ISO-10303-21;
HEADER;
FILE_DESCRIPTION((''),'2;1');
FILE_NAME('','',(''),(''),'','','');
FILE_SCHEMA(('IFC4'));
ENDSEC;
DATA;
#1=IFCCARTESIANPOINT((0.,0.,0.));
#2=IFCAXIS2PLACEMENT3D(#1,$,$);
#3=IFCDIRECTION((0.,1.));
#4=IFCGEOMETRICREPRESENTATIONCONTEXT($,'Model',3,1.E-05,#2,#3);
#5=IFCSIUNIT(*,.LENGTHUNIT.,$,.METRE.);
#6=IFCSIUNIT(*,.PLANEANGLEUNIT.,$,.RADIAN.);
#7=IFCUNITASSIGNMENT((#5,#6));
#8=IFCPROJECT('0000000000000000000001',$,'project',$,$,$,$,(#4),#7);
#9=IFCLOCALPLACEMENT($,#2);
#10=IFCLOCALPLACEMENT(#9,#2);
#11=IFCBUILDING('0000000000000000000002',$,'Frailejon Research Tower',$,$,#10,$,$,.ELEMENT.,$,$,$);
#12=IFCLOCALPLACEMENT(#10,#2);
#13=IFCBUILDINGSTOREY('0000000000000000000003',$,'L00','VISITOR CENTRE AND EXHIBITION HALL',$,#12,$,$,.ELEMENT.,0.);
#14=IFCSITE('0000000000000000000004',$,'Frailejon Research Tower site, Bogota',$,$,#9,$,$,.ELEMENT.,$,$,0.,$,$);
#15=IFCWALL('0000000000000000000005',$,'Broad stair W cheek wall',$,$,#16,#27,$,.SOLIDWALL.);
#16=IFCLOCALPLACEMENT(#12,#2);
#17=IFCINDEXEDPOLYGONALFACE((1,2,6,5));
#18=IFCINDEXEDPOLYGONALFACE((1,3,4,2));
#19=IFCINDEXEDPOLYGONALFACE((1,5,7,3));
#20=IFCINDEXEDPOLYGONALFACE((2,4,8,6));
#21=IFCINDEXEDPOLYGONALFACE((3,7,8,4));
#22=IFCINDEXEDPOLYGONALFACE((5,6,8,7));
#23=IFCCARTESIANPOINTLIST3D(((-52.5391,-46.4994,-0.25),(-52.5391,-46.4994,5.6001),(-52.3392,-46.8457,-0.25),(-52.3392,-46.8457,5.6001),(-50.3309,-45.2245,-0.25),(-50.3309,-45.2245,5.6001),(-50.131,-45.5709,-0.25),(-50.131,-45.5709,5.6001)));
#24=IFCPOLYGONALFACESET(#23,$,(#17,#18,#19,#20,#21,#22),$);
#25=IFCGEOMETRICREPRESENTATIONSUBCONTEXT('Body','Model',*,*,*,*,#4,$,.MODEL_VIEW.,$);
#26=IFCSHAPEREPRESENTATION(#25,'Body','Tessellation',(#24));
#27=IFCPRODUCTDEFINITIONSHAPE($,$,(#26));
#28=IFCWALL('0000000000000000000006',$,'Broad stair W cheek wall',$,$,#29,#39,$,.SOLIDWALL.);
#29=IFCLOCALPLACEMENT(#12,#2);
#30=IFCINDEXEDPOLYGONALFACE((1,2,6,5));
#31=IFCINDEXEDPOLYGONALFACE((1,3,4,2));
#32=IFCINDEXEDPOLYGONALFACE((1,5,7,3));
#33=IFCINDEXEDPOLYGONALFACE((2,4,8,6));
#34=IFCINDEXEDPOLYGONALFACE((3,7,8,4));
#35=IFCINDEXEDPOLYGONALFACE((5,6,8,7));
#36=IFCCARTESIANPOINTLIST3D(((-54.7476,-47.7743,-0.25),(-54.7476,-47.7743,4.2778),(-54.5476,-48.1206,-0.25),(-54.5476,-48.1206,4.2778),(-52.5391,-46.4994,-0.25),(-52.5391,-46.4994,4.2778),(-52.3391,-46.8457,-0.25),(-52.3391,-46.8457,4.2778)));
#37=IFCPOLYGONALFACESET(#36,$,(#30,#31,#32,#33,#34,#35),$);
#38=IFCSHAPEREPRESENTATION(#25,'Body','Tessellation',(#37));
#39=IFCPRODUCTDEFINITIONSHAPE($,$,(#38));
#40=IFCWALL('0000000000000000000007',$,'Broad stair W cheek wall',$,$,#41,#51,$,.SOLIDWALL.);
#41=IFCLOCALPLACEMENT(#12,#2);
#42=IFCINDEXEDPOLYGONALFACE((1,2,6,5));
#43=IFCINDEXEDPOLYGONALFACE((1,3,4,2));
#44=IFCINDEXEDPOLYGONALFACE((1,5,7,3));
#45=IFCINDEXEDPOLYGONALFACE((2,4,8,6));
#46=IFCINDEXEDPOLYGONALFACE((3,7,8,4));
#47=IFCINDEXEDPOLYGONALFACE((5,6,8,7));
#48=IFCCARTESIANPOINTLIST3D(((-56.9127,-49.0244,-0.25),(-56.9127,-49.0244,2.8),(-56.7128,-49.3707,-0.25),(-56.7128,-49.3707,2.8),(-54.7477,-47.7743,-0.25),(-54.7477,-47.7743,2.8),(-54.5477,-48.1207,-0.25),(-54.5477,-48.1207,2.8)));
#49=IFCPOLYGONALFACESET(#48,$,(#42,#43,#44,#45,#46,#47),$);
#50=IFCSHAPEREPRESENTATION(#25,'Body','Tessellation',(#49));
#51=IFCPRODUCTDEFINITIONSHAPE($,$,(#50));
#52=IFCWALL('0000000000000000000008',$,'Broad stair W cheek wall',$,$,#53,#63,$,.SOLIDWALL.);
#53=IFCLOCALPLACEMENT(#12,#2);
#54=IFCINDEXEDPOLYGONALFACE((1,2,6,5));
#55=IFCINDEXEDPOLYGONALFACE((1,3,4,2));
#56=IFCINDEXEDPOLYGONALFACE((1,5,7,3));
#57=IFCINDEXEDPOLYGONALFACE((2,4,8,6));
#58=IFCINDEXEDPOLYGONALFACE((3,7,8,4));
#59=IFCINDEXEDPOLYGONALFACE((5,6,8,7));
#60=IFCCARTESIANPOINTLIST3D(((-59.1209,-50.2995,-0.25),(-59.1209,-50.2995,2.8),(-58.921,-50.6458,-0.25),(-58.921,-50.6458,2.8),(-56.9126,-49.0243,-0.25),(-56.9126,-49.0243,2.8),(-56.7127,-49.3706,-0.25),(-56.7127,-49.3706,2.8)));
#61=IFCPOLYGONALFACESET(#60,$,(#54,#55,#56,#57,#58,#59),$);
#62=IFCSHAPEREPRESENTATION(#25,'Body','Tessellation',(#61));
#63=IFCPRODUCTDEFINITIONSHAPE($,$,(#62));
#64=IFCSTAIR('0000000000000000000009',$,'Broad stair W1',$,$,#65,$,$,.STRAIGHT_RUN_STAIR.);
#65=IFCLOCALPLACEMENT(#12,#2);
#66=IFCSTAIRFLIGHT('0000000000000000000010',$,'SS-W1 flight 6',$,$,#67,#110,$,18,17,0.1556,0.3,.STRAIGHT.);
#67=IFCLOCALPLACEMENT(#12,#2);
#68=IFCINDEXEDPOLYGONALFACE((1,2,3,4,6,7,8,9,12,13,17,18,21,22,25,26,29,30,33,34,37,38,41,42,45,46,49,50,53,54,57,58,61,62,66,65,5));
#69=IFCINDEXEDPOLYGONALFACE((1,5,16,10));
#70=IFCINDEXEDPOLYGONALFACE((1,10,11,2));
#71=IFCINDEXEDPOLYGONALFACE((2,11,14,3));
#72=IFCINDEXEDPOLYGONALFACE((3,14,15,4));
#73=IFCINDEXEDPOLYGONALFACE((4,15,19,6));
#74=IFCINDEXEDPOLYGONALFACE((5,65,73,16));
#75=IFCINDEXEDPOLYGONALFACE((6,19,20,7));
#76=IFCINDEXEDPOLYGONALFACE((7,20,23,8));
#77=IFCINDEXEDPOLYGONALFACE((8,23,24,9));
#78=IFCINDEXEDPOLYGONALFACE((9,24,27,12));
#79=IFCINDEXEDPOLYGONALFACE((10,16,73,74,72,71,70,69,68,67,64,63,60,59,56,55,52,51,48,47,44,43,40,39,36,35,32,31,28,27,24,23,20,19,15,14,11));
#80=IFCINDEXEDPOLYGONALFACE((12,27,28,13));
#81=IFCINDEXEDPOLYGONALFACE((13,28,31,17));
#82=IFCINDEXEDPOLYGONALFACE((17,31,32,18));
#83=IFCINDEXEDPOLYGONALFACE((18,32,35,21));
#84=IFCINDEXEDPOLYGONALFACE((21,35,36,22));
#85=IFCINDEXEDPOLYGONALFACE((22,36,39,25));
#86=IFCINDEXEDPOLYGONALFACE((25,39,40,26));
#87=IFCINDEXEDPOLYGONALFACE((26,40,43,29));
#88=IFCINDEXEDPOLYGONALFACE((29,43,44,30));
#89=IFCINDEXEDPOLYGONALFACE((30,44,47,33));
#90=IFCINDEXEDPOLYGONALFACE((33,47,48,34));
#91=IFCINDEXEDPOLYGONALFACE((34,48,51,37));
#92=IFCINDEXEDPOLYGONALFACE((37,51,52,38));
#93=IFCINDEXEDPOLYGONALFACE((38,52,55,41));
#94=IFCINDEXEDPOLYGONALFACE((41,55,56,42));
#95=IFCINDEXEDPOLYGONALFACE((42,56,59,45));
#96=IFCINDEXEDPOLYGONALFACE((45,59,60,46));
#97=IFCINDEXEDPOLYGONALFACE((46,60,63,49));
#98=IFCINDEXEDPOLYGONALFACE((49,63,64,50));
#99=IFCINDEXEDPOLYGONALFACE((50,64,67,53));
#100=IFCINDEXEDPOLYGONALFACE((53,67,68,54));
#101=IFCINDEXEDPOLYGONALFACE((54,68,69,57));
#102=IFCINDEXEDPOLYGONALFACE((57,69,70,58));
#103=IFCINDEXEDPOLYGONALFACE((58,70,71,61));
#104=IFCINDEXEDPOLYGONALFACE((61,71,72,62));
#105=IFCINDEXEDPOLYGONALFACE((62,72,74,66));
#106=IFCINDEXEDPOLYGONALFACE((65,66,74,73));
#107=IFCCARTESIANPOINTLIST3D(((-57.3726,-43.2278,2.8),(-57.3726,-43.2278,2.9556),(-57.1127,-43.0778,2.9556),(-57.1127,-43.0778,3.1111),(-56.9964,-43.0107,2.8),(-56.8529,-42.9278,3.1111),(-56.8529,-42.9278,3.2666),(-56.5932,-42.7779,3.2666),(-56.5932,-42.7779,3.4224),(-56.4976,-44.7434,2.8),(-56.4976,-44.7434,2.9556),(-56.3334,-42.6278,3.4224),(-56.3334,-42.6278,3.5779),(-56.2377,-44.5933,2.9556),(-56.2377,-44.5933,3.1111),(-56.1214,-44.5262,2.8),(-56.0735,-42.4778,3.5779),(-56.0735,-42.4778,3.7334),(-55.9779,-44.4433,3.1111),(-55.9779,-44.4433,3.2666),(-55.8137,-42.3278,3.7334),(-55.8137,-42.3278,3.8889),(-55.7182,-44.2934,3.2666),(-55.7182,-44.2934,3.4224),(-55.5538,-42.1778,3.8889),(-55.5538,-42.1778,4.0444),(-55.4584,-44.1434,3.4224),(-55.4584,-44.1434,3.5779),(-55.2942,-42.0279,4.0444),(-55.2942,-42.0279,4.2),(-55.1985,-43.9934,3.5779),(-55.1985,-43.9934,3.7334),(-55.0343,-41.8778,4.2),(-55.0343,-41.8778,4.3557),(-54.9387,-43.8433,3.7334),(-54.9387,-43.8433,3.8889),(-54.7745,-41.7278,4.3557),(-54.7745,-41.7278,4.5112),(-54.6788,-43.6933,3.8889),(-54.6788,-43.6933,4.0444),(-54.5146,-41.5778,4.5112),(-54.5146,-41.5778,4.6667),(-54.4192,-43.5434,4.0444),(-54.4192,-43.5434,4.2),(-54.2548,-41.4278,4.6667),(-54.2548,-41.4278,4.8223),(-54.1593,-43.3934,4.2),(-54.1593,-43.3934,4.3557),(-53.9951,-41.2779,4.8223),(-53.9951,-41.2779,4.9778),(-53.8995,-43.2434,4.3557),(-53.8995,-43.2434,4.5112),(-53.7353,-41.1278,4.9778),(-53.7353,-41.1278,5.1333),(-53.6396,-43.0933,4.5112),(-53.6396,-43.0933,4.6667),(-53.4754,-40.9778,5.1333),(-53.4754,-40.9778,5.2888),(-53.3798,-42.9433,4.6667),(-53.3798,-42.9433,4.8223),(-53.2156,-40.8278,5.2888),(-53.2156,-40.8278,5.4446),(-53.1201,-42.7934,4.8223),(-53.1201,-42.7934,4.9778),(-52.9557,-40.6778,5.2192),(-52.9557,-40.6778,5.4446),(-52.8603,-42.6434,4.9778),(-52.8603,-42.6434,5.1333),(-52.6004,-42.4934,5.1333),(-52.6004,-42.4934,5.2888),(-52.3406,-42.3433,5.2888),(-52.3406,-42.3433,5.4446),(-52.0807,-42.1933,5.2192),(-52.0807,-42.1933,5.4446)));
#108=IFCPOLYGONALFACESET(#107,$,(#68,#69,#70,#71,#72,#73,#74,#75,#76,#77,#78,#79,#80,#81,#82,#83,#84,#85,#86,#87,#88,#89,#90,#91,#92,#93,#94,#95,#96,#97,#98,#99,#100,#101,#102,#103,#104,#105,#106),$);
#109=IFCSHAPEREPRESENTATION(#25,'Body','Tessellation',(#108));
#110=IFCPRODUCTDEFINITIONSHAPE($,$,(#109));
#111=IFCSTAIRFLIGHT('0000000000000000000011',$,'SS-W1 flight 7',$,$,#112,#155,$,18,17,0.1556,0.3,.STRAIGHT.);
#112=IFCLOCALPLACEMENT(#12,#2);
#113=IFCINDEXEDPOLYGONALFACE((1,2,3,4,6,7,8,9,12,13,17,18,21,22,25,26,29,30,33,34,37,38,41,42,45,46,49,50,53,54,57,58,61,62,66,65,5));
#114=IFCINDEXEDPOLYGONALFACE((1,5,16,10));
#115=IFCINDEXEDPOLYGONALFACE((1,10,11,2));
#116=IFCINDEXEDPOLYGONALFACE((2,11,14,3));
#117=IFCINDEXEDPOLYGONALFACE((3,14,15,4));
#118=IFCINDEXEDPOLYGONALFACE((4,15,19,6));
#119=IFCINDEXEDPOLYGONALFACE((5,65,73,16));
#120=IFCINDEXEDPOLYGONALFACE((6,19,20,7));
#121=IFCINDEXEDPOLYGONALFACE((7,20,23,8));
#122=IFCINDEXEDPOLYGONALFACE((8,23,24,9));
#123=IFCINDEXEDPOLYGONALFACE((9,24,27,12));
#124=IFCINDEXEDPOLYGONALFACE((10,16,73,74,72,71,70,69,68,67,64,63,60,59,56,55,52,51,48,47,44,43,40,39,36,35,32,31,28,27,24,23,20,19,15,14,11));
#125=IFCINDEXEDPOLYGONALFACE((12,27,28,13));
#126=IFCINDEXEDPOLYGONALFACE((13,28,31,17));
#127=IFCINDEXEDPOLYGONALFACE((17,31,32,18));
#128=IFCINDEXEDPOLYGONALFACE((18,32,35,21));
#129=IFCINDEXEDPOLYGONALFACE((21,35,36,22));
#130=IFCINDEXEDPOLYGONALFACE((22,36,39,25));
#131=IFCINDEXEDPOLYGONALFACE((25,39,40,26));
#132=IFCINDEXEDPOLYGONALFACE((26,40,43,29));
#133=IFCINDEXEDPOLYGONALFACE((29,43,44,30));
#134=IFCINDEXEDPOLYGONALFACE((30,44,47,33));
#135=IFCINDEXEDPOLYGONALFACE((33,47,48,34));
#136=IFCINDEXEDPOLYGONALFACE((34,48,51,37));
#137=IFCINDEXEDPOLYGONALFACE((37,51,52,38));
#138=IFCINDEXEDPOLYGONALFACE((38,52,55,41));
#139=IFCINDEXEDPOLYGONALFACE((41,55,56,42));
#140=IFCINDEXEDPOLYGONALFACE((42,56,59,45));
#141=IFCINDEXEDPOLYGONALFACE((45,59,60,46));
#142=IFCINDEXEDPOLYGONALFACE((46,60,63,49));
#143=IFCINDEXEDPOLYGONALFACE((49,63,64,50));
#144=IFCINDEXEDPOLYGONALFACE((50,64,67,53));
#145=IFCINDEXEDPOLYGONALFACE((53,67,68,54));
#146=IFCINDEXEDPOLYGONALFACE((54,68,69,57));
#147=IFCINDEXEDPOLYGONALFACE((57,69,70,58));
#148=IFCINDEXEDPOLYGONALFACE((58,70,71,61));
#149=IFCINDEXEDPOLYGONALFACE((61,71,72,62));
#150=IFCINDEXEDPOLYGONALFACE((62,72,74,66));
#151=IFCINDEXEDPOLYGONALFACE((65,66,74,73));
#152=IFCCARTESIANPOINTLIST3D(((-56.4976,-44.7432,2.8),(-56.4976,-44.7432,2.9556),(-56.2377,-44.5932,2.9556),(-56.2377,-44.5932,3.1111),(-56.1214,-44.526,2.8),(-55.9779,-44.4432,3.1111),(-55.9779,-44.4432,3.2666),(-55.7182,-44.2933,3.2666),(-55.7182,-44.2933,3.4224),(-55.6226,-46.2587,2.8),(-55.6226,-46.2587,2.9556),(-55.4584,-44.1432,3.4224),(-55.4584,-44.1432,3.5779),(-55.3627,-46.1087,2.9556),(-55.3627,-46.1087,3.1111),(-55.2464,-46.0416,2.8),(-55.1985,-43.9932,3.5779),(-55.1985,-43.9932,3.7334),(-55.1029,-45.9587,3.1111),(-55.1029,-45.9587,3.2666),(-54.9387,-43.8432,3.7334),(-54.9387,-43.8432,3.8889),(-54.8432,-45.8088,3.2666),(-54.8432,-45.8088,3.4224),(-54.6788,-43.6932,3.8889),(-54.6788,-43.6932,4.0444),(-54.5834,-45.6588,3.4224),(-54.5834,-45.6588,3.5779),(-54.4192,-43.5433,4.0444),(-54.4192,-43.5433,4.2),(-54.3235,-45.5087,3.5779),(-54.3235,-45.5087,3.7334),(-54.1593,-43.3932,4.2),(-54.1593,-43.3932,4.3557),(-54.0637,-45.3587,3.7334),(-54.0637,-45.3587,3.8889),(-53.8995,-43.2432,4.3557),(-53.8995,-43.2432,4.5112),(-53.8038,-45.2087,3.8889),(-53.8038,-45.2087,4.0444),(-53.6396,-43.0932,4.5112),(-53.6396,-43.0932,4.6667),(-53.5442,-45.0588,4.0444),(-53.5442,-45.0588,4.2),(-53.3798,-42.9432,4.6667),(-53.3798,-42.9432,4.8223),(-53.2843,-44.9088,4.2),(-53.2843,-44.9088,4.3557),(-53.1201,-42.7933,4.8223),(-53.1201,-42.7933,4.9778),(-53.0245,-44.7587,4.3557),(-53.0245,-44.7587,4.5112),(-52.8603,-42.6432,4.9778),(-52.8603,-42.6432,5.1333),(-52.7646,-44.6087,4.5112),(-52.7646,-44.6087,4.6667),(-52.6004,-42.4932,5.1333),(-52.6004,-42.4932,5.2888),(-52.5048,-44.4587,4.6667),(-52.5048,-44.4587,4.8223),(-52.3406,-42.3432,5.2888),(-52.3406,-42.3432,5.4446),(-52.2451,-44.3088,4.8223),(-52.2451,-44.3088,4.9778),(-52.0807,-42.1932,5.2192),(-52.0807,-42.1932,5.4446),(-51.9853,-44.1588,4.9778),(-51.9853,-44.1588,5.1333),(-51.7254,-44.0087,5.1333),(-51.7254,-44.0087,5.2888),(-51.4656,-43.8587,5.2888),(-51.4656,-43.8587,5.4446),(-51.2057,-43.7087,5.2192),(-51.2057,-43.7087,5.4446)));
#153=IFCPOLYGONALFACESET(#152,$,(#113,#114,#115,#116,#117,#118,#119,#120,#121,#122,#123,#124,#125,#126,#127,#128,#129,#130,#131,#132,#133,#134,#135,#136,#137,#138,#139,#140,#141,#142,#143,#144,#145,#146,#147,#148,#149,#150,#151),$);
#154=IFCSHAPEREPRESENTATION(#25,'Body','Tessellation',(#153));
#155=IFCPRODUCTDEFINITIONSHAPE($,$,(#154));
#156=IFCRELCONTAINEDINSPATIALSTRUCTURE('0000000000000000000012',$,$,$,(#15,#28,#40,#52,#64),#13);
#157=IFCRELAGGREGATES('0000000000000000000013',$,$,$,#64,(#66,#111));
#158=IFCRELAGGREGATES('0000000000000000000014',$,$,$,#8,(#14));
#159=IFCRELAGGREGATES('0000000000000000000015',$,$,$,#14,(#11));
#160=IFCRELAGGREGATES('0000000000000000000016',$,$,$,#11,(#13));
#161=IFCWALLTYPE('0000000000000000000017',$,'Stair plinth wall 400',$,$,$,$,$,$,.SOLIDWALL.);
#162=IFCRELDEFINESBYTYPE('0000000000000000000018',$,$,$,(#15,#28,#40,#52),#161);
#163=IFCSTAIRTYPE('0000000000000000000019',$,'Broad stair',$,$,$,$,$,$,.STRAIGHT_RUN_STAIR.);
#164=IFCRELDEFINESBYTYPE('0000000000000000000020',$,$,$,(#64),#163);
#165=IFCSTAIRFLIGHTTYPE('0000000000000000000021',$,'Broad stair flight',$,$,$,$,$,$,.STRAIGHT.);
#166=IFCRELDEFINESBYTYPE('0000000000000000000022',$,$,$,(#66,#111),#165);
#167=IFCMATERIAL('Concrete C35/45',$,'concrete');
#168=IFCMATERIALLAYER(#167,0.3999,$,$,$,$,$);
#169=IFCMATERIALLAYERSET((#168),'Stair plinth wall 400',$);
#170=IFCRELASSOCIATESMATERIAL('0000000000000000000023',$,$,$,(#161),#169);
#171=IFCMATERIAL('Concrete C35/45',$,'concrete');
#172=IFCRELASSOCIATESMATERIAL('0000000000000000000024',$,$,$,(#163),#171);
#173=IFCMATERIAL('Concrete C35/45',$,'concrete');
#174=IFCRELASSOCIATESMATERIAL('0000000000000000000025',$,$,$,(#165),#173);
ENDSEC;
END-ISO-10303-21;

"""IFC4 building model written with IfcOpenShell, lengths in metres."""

from ifc_helpers import new_model, si_unit, direction, frame, frame_2d, origin, place, context, subcontext, project, spatial, polyline, rectangle, outline, extrude, material, layer, layer_set, type_object, element, aggregate, save


model = new_model("IFC4")

# Units and contexts
model_context = context("Model", 3, precision=1e-05, world=origin(), true_north=direction((0.0, 1.0)))
body_context = subcontext(model_context, "Body", "Model", "MODEL_VIEW")
ifc_project = project(units=[si_unit("LENGTHUNIT", "METRE"), si_unit("PLANEANGLEUNIT", "RADIAN")], contexts=[model_context])

# Site, building, storey
site_placement = place(None, origin())
site = spatial("IfcSite", under=ifc_project, at=site_placement, Name="Frailejon Research Tower site, Bogota", CompositionType="ELEMENT", RefElevation=0.0)
building_placement = place(site_placement, origin())
building = spatial("IfcBuilding", under=site, at=building_placement, Name="Frailejon Research Tower", CompositionType="ELEMENT")
storey_placement = place(building_placement, origin())
storey = spatial("IfcBuildingStorey", under=building, at=storey_placement, Name="L00", Description="VISITOR CENTRE AND EXHIBITION HALL", CompositionType="ELEMENT", Elevation=0.0)

# Walls
ifc_material_1 = material(Name="Concrete C35/45", Category="concrete")
ifc_layer = layer(ifc_material_1, 0.3999)
ifc_layer_set = layer_set([ifc_layer], Name="Stair plinth wall 400")
wall_type = type_object("IfcWallType", Name="Stair plinth wall 400", PredefinedType="SOLIDWALL", material=ifc_layer_set)
wall_1_placement = place(storey_placement, frame((-50.231, -45.3977, -0.25), z_axis=(0.0, 0.0, 1.0), x_axis=(-0.866031, -0.49999, 0.0)))
element("IfcWall", 1, at=wall_1_placement, inside=storey, type_object=wall_type, Name="Broad stair W cheek wall", PredefinedType="SOLIDWALL", context=body_context, shape_type="SweptSolid", body=[
    extrude(rectangle(XDim=2.5498, YDim=0.3999, at=frame_2d((1.2749, 0.0))), origin(), (0.0, 0.0, 1.0), 5.8501),
])
wall_2_placement = place(storey_placement, frame((-52.4392, -46.6726, -0.25), z_axis=(0.0, 0.0, 1.0), x_axis=(-0.866055, -0.499949, 0.0)))
element("IfcWall", 2, at=wall_2_placement, inside=storey, type_object=wall_type, Name="Broad stair W cheek wall", PredefinedType="SOLIDWALL", context=body_context, shape_type="SweptSolid", body=[
    extrude(rectangle(XDim=2.55, YDim=0.3999, at=frame_2d((1.2749, 0.0))), origin(), (0.0, 0.0, 1.0), 4.5278),
])
wall_3_placement = place(storey_placement, frame((-54.6477, -47.9475, -0.25), z_axis=(0.0, 0.0, 1.0), x_axis=(-0.866023, -0.500004, 0.0)))
element("IfcWall", 3, at=wall_3_placement, inside=storey, type_object=wall_type, Name="Broad stair W cheek wall", PredefinedType="SOLIDWALL", context=body_context, shape_type="SweptSolid", body=[
    extrude(rectangle(XDim=2.5, YDim=0.3999, at=frame_2d((1.25, 0.0))), origin(), (0.0, 0.0, 1.0), 3.05),
])
wall_4_placement = place(storey_placement, frame((-56.8127, -49.1975, -0.25), z_axis=(0.0, 0.0, 1.0), x_axis=(-0.865989, -0.500062, 0.0)))
element("IfcWall", 4, at=wall_4_placement, inside=storey, type_object=wall_type, Name="Broad stair W cheek wall", PredefinedType="SOLIDWALL", context=body_context, shape_type="SweptSolid", body=[
    extrude(rectangle(XDim=2.55, YDim=0.3999, at=frame_2d((1.2749, 0.0))), origin(), (0.0, 0.0, 1.0), 3.05),
])

# Stair, stair flights
ifc_material_2 = material(Name="Concrete C35/45", Category="concrete")
stair_type = type_object("IfcStairType", Name="Broad stair", PredefinedType="STRAIGHT_RUN_STAIR", material=ifc_material_2)
stair_placement = place(storey_placement, origin())
stair = element("IfcStair", 5, at=stair_placement, inside=storey, type_object=stair_type, Name="Broad stair W1", PredefinedType="STRAIGHT_RUN_STAIR")
ifc_material_3 = material(Name="Concrete C35/45", Category="concrete")
stair_flight_type = type_object("IfcStairFlightType", Name="Broad stair flight", PredefinedType="STRAIGHT", material=ifc_material_3)
stair_flight_1_placement = place(storey_placement, frame((-56.9351, -43.9856, 2.8), z_axis=(0.0, 0.0, 1.0), x_axis=(0.866025, 0.5, 0.0)))
stair_flight_1 = element("IfcStairFlight", 6, at=stair_flight_1_placement, type_object=stair_flight_type, Name="SS-W1 flight 6", NumberOfRisers=18, NumberOfTreads=17, PredefinedType="STRAIGHT", RiserHeight=0.1556, TreadLength=0.3, context=body_context, shape_type="SweptSolid", body=[
    extrude(outline(polyline([(0.0, 0.0), (0.0, 0.1555), (0.3, 0.1555), (0.3, 0.311), (0.6001, 0.311), (0.6001, 0.4666), (0.8999, 0.4666), (0.8999, 0.6223), (1.2, 0.6223), (1.2, 0.7778), (1.5, 0.7778), (1.5, 0.9333), (1.8, 0.9333), (1.8, 1.0889), (2.1001, 1.0889), (2.1001, 1.2444), (2.3999, 1.2444), (2.3999, 1.3999), (2.7, 1.3999), (2.7, 1.5557), (3.0, 1.5557), (3.0, 1.7112), (3.3, 1.7112), (3.3, 1.8667), (3.6001, 1.8667), (3.6001, 2.0222), (3.8999, 2.0222), (3.8999, 2.1777), (4.2, 2.1777), (4.2, 2.3333), (4.5, 2.3333), (4.5, 2.4888), (4.8, 2.4888), (4.8, 2.6445), (5.1001, 2.6445), (5.1001, 2.8), (5.1001, 2.4192), (0.4343, 0.0), (0.0, 0.0)])), frame((0.0, 0.875, 0.0), z_axis=(0.0, -1.0, 0.0), x_axis=(1.0, 0.0, 0.0)), (0.0, 0.0, 1.0), 1.75),
])
stair_flight_2_placement = place(storey_placement, frame((-56.0601, -45.501, 2.8), z_axis=(0.0, 0.0, 1.0), x_axis=(0.866025, 0.5, 0.0)))
stair_flight_2 = element("IfcStairFlight", 7, at=stair_flight_2_placement, type_object=stair_flight_type, Name="SS-W1 flight 7", NumberOfRisers=18, NumberOfTreads=17, PredefinedType="STRAIGHT", RiserHeight=0.1556, TreadLength=0.3, context=body_context, shape_type="SweptSolid", body=[
    extrude(outline(polyline([(0.0, 0.0), (0.0, 0.1555), (0.3, 0.1555), (0.3, 0.311), (0.6001, 0.311), (0.6001, 0.4666), (0.8999, 0.4666), (0.8999, 0.6223), (1.2, 0.6223), (1.2, 0.7778), (1.5, 0.7778), (1.5, 0.9333), (1.8, 0.9333), (1.8, 1.0889), (2.1001, 1.0889), (2.1001, 1.2444), (2.3999, 1.2444), (2.3999, 1.3999), (2.7, 1.3999), (2.7, 1.5557), (3.0, 1.5557), (3.0, 1.7112), (3.3, 1.7112), (3.3, 1.8667), (3.6001, 1.8667), (3.6001, 2.0222), (3.8999, 2.0222), (3.8999, 2.1777), (4.2, 2.1777), (4.2, 2.3333), (4.5, 2.3333), (4.5, 2.4888), (4.8, 2.4888), (4.8, 2.6445), (5.1001, 2.6445), (5.1001, 2.8), (5.1001, 2.4192), (0.4343, 0.0), (0.0, 0.0)])), frame((0.0, 0.875, 0.0), z_axis=(0.0, -1.0, 0.0), x_axis=(1.0, 0.0, 0.0)), (0.0, 0.0, 1.0), 1.75),
])
aggregate(stair, [stair_flight_1, stair_flight_2])

save(model, "model.ifc")
